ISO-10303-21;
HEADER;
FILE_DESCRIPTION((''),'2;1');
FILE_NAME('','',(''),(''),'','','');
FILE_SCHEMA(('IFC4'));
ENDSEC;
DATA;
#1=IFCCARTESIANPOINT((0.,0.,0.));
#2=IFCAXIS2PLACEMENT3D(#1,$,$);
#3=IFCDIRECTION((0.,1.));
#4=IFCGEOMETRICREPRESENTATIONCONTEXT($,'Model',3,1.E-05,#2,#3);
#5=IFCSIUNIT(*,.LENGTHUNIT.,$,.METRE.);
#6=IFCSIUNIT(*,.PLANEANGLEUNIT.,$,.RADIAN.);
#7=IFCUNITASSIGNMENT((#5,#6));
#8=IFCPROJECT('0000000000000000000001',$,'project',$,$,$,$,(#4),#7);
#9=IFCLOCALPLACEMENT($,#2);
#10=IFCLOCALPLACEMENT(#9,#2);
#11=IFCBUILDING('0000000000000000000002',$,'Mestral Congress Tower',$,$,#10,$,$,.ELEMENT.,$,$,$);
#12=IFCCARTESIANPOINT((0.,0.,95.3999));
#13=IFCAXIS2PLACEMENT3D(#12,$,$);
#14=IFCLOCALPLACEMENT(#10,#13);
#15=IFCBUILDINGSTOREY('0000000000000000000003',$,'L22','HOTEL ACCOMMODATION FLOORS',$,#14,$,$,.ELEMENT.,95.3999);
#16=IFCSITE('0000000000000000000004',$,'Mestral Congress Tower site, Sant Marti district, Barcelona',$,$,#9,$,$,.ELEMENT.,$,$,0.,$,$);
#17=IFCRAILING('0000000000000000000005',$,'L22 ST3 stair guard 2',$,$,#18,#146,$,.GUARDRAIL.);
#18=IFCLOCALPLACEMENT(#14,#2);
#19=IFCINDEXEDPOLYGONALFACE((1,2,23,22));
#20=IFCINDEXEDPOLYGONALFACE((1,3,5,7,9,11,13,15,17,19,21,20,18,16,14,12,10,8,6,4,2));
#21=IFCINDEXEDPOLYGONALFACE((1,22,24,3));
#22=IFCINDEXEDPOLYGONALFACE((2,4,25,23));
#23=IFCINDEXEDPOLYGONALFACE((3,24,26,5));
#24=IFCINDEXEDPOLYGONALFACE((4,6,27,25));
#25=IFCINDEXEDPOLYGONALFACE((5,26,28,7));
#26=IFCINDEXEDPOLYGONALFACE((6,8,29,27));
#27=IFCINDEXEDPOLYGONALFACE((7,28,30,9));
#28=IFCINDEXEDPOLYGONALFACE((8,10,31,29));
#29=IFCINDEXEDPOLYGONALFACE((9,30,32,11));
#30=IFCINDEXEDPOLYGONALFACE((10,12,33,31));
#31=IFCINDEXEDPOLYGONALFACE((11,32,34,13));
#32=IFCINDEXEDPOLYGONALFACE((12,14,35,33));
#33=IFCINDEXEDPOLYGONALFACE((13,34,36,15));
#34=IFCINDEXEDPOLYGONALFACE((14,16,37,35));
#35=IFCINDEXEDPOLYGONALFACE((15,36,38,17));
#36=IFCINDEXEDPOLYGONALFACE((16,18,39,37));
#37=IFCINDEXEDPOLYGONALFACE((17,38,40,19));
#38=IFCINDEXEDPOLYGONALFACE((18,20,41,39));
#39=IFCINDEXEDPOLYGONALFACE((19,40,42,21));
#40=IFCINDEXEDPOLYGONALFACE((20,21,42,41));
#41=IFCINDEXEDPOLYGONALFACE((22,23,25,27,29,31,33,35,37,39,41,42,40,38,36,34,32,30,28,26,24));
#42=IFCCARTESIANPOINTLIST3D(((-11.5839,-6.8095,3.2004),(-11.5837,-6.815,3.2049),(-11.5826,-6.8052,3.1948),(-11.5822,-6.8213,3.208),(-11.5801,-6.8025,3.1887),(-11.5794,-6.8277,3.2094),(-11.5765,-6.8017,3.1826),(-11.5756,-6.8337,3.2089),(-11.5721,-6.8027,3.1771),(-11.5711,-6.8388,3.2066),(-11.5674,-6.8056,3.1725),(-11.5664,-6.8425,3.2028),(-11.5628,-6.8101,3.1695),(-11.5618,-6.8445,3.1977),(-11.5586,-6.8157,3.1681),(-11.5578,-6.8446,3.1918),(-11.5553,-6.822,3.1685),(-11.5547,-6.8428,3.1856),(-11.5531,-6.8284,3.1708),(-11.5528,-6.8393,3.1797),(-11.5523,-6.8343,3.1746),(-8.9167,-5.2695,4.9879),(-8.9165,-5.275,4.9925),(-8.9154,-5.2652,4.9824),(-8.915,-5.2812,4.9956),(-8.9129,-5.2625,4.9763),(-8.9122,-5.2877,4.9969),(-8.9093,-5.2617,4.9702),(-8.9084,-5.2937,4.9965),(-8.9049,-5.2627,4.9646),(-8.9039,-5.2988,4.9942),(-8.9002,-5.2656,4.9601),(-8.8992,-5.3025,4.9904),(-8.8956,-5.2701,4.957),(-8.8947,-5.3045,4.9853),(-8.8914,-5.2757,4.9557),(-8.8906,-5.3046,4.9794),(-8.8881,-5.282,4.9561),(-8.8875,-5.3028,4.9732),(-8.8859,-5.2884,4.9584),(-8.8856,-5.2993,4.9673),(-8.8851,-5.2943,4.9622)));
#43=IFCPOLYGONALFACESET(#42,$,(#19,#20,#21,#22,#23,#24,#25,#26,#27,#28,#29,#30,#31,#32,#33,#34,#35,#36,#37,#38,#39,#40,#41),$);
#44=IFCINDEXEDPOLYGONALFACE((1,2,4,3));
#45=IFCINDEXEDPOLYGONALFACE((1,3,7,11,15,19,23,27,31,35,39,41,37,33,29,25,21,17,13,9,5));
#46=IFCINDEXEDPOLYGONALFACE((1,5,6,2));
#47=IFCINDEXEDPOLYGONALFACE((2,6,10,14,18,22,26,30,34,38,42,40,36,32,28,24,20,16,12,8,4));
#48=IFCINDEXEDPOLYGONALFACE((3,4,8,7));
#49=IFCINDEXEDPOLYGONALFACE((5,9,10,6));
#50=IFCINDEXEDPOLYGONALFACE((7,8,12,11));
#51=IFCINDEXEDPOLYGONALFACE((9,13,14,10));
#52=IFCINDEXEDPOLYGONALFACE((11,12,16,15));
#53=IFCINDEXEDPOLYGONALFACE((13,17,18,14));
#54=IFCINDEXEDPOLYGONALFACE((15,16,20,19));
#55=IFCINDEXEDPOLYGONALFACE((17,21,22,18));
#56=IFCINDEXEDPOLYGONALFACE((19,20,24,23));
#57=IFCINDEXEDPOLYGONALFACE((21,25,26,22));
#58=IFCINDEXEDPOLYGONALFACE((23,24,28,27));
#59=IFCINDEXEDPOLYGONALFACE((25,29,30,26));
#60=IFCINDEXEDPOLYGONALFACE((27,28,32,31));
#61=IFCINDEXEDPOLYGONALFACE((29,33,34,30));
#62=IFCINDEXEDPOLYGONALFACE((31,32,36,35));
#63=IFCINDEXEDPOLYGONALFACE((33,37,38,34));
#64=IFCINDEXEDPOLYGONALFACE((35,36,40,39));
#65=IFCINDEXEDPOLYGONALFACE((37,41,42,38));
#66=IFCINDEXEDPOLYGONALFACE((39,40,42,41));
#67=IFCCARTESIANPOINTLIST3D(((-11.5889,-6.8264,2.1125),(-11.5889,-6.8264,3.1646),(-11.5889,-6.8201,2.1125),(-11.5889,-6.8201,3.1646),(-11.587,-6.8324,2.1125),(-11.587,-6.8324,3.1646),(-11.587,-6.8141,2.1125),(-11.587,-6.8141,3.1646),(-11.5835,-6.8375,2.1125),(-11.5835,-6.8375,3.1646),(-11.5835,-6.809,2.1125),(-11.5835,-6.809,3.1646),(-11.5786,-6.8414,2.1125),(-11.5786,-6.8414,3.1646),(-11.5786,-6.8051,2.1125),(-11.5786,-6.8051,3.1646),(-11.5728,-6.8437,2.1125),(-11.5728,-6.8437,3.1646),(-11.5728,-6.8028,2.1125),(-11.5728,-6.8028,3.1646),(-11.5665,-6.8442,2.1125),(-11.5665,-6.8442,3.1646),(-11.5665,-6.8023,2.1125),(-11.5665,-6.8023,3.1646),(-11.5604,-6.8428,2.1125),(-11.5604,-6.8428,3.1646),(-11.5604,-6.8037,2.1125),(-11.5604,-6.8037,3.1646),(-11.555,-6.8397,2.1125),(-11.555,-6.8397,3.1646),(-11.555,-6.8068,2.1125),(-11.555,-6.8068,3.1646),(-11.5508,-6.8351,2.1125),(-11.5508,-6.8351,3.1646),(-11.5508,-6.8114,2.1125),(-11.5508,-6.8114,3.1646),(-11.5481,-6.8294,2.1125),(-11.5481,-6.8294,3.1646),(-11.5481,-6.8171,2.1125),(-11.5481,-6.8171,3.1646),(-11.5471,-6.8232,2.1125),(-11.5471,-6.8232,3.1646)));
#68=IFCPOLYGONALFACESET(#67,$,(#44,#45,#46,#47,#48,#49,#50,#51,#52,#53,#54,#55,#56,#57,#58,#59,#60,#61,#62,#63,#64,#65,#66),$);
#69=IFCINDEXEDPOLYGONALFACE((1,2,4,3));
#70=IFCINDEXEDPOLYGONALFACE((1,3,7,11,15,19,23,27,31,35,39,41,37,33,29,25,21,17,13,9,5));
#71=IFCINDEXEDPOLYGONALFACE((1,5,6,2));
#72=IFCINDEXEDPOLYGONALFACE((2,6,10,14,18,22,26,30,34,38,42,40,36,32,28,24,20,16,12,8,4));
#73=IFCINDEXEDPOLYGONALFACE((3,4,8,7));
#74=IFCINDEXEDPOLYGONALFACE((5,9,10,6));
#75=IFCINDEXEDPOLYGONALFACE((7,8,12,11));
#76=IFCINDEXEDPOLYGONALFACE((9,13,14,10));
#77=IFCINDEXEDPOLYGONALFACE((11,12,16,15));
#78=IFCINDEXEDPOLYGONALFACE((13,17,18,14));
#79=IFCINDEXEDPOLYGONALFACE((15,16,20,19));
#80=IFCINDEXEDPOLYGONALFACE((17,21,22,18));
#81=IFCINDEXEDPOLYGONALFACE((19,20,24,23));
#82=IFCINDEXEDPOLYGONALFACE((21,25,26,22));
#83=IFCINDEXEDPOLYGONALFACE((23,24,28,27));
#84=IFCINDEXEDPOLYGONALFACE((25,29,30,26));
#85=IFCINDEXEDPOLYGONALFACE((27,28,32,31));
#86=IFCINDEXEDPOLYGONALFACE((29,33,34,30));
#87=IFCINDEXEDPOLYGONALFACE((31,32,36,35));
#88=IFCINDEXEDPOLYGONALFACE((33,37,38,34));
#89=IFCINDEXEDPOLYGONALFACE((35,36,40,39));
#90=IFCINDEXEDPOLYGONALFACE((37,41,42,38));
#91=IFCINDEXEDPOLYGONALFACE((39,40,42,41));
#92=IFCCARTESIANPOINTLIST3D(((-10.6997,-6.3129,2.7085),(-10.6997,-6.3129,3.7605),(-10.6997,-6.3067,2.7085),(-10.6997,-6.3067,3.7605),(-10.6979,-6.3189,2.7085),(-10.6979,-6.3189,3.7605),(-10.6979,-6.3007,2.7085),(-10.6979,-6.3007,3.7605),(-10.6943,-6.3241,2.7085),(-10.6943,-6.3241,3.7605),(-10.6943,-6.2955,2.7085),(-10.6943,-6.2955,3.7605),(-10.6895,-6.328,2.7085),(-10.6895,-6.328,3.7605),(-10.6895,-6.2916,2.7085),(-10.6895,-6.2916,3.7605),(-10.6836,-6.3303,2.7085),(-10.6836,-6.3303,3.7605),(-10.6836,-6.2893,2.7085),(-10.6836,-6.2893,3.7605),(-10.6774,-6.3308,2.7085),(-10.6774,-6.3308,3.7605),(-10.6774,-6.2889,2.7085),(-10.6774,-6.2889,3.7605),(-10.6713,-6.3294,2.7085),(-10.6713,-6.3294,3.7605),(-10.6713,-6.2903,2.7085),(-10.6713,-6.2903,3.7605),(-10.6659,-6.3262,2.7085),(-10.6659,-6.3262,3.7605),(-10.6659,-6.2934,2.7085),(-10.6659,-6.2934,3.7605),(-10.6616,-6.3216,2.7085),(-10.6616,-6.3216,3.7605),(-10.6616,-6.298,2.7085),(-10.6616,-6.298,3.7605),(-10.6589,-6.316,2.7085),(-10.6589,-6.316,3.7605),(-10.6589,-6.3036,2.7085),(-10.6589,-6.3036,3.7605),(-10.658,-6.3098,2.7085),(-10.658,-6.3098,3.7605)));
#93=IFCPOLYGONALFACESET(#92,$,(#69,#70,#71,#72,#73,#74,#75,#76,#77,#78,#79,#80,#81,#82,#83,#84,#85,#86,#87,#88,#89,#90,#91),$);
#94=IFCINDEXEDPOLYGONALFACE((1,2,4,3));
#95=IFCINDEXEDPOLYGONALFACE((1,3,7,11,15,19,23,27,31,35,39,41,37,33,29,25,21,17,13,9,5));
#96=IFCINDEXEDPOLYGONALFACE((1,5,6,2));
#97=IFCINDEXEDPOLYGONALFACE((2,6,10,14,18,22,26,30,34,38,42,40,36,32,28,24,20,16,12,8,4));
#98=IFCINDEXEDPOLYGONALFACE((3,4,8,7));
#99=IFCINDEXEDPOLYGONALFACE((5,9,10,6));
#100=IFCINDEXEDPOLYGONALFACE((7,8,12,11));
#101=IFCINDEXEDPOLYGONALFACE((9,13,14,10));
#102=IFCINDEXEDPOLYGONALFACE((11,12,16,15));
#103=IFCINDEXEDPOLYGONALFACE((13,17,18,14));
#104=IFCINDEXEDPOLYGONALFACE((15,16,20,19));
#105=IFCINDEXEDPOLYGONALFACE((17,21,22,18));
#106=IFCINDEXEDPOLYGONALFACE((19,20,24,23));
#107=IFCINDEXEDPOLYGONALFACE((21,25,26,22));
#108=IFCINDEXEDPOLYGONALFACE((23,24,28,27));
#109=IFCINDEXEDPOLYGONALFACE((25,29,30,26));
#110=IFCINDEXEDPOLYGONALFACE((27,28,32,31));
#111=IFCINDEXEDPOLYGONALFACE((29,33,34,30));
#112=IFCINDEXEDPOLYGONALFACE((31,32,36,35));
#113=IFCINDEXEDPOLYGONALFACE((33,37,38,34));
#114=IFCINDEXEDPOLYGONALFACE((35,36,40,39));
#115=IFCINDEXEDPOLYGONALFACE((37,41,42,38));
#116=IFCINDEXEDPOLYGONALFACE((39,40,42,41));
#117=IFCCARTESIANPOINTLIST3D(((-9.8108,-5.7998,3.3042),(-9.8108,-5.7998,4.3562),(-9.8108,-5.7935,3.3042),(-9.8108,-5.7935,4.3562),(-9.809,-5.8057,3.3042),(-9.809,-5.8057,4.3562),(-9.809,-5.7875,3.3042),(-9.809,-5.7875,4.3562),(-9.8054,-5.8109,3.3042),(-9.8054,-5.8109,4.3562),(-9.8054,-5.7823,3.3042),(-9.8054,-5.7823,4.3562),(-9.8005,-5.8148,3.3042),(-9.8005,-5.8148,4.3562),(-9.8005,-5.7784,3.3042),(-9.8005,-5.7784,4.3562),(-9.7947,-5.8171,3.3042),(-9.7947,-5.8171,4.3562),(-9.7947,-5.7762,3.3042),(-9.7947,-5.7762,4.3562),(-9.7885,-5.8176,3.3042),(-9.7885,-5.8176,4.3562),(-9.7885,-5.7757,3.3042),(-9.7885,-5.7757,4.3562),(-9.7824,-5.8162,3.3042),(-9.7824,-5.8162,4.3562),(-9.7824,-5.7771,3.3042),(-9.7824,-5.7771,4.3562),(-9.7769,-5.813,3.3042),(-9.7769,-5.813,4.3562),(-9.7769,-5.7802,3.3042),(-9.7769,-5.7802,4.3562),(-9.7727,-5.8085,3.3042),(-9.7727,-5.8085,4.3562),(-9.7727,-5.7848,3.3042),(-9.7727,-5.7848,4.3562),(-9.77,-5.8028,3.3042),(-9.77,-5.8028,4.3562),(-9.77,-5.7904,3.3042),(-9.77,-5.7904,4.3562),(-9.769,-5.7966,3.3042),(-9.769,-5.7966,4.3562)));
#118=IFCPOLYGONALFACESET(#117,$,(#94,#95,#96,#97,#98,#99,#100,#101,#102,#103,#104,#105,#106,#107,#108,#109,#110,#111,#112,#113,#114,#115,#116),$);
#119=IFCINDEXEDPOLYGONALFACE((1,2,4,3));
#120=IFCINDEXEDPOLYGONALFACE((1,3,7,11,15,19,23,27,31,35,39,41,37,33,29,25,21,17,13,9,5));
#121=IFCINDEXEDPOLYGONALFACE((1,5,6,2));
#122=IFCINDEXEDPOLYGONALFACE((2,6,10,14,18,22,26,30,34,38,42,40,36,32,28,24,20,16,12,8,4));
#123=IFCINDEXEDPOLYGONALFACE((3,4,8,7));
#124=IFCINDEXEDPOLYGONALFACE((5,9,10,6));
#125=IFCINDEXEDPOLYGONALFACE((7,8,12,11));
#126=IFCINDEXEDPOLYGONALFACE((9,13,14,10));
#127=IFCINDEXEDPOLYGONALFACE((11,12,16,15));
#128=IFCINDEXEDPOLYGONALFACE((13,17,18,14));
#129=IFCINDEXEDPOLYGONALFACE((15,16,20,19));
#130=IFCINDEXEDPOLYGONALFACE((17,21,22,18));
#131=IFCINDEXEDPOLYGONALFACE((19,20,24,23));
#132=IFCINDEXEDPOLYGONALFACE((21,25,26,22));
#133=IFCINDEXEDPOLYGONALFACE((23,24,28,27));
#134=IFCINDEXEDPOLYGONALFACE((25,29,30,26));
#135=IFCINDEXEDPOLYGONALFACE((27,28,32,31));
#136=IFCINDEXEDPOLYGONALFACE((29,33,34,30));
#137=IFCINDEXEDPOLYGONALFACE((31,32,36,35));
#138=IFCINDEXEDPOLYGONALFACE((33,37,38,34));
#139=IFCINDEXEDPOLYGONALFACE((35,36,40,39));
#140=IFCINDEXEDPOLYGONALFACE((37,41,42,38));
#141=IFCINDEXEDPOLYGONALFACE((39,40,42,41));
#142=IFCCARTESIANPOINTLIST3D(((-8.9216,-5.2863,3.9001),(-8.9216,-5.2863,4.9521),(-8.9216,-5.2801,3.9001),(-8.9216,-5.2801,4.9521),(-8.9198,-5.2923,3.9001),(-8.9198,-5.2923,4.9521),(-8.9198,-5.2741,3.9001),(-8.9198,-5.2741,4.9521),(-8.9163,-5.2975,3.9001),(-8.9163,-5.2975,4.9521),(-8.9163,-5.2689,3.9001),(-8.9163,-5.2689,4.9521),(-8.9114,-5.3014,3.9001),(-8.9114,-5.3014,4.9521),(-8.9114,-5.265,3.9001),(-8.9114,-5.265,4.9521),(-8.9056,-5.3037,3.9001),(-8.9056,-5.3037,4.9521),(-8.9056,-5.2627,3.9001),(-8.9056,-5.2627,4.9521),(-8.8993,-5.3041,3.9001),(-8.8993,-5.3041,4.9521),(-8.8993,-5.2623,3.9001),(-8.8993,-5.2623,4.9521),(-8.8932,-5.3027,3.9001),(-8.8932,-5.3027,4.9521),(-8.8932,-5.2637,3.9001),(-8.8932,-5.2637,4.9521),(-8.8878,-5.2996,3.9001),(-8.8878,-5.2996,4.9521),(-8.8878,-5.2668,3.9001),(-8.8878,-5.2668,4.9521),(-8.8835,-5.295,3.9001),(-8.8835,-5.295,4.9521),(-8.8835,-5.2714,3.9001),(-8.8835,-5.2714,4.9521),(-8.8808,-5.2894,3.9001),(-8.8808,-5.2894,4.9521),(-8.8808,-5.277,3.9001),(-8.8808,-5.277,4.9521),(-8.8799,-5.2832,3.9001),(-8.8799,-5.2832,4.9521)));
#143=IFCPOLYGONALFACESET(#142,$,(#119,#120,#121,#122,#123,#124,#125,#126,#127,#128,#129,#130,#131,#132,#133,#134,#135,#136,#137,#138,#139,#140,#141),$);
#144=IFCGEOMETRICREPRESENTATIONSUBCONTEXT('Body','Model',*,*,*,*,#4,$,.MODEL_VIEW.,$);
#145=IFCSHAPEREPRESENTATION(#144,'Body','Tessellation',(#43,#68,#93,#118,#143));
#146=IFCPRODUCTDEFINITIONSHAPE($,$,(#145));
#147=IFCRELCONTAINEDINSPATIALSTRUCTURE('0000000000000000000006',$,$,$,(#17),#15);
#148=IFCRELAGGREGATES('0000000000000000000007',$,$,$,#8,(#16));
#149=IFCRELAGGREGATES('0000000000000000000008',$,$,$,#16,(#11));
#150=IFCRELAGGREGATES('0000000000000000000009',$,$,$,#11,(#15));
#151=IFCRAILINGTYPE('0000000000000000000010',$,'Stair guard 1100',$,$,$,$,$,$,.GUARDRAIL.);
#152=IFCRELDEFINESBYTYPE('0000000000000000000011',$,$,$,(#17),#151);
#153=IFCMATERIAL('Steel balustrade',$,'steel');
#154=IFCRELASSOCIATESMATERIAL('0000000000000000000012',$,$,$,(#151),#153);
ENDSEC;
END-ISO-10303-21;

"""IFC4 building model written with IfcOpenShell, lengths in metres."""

from ifc_helpers import new_model, si_unit, direction, frame, origin, origin_2d, place, context, subcontext, project, spatial, circle, extrude, material, type_object, element, save


model = new_model("IFC4")

# Units and contexts
model_context = context("Model", 3, precision=1e-05, world=origin(), true_north=direction((0.0, 1.0)))
body_context = subcontext(model_context, "Body", "Model", "MODEL_VIEW")
ifc_project = project(units=[si_unit("LENGTHUNIT", "METRE"), si_unit("PLANEANGLEUNIT", "RADIAN")], contexts=[model_context])

# Site, building, storey
site_placement = place(None, origin())
site = spatial("IfcSite", under=ifc_project, at=site_placement, Name="Mestral Congress Tower site, Sant Marti district, Barcelona", CompositionType="ELEMENT", RefElevation=0.0)
building_placement = place(site_placement, origin())
building = spatial("IfcBuilding", under=site, at=building_placement, Name="Mestral Congress Tower", CompositionType="ELEMENT")
storey_placement = place(building_placement, frame((0.0, 0.0, 95.3999)))
storey = spatial("IfcBuildingStorey", under=building, at=storey_placement, Name="L22", Description="HOTEL ACCOMMODATION FLOORS", CompositionType="ELEMENT", Elevation=95.3999)

# Railing
ifc_material_1 = material(Name="Steel balustrade", Category="steel")
railing_type_1 = type_object("IfcRailingType", Name="Stair guard 1100", PredefinedType="GUARDRAIL", material=ifc_material_1)
railing_1_placement = place(storey_placement, frame((-11.5681, -6.8232, 2.1125)))
element("IfcRailing", 1, at=railing_1_placement, inside=storey, type_object=railing_type_1, Name="L22 ST3 stair guard 2", PredefinedType="GUARDRAIL", context=body_context, shape_type="SweptSolid", body=[
    extrude(circle(Radius=0.0239, at=origin_2d()), frame((0.0, 0.0, 1.0762), z_axis=(0.748994, 0.432463, 0.50198), x_axis=(-0.500027, 0.86601, 0.0)), (0.0, 0.0, 1.0), 3.561),
    extrude(circle(Radius=0.021, at=origin_2d()), origin(), (0.0, 0.0, 1.0), 1.052),
    extrude(circle(Radius=0.021, at=origin_2d()), frame((0.8892, 0.5134, 0.5959)), (0.0, 0.0, 1.0), 1.052),
    extrude(circle(Radius=0.021, at=origin_2d()), frame((1.7781, 1.0266, 1.1917)), (0.0, 0.0, 1.0), 1.052),
    extrude(circle(Radius=0.021, at=origin_2d()), frame((2.6672, 1.54, 1.7876)), (0.0, 0.0, 1.0), 1.052),
])

save(model, "model.ifc")
